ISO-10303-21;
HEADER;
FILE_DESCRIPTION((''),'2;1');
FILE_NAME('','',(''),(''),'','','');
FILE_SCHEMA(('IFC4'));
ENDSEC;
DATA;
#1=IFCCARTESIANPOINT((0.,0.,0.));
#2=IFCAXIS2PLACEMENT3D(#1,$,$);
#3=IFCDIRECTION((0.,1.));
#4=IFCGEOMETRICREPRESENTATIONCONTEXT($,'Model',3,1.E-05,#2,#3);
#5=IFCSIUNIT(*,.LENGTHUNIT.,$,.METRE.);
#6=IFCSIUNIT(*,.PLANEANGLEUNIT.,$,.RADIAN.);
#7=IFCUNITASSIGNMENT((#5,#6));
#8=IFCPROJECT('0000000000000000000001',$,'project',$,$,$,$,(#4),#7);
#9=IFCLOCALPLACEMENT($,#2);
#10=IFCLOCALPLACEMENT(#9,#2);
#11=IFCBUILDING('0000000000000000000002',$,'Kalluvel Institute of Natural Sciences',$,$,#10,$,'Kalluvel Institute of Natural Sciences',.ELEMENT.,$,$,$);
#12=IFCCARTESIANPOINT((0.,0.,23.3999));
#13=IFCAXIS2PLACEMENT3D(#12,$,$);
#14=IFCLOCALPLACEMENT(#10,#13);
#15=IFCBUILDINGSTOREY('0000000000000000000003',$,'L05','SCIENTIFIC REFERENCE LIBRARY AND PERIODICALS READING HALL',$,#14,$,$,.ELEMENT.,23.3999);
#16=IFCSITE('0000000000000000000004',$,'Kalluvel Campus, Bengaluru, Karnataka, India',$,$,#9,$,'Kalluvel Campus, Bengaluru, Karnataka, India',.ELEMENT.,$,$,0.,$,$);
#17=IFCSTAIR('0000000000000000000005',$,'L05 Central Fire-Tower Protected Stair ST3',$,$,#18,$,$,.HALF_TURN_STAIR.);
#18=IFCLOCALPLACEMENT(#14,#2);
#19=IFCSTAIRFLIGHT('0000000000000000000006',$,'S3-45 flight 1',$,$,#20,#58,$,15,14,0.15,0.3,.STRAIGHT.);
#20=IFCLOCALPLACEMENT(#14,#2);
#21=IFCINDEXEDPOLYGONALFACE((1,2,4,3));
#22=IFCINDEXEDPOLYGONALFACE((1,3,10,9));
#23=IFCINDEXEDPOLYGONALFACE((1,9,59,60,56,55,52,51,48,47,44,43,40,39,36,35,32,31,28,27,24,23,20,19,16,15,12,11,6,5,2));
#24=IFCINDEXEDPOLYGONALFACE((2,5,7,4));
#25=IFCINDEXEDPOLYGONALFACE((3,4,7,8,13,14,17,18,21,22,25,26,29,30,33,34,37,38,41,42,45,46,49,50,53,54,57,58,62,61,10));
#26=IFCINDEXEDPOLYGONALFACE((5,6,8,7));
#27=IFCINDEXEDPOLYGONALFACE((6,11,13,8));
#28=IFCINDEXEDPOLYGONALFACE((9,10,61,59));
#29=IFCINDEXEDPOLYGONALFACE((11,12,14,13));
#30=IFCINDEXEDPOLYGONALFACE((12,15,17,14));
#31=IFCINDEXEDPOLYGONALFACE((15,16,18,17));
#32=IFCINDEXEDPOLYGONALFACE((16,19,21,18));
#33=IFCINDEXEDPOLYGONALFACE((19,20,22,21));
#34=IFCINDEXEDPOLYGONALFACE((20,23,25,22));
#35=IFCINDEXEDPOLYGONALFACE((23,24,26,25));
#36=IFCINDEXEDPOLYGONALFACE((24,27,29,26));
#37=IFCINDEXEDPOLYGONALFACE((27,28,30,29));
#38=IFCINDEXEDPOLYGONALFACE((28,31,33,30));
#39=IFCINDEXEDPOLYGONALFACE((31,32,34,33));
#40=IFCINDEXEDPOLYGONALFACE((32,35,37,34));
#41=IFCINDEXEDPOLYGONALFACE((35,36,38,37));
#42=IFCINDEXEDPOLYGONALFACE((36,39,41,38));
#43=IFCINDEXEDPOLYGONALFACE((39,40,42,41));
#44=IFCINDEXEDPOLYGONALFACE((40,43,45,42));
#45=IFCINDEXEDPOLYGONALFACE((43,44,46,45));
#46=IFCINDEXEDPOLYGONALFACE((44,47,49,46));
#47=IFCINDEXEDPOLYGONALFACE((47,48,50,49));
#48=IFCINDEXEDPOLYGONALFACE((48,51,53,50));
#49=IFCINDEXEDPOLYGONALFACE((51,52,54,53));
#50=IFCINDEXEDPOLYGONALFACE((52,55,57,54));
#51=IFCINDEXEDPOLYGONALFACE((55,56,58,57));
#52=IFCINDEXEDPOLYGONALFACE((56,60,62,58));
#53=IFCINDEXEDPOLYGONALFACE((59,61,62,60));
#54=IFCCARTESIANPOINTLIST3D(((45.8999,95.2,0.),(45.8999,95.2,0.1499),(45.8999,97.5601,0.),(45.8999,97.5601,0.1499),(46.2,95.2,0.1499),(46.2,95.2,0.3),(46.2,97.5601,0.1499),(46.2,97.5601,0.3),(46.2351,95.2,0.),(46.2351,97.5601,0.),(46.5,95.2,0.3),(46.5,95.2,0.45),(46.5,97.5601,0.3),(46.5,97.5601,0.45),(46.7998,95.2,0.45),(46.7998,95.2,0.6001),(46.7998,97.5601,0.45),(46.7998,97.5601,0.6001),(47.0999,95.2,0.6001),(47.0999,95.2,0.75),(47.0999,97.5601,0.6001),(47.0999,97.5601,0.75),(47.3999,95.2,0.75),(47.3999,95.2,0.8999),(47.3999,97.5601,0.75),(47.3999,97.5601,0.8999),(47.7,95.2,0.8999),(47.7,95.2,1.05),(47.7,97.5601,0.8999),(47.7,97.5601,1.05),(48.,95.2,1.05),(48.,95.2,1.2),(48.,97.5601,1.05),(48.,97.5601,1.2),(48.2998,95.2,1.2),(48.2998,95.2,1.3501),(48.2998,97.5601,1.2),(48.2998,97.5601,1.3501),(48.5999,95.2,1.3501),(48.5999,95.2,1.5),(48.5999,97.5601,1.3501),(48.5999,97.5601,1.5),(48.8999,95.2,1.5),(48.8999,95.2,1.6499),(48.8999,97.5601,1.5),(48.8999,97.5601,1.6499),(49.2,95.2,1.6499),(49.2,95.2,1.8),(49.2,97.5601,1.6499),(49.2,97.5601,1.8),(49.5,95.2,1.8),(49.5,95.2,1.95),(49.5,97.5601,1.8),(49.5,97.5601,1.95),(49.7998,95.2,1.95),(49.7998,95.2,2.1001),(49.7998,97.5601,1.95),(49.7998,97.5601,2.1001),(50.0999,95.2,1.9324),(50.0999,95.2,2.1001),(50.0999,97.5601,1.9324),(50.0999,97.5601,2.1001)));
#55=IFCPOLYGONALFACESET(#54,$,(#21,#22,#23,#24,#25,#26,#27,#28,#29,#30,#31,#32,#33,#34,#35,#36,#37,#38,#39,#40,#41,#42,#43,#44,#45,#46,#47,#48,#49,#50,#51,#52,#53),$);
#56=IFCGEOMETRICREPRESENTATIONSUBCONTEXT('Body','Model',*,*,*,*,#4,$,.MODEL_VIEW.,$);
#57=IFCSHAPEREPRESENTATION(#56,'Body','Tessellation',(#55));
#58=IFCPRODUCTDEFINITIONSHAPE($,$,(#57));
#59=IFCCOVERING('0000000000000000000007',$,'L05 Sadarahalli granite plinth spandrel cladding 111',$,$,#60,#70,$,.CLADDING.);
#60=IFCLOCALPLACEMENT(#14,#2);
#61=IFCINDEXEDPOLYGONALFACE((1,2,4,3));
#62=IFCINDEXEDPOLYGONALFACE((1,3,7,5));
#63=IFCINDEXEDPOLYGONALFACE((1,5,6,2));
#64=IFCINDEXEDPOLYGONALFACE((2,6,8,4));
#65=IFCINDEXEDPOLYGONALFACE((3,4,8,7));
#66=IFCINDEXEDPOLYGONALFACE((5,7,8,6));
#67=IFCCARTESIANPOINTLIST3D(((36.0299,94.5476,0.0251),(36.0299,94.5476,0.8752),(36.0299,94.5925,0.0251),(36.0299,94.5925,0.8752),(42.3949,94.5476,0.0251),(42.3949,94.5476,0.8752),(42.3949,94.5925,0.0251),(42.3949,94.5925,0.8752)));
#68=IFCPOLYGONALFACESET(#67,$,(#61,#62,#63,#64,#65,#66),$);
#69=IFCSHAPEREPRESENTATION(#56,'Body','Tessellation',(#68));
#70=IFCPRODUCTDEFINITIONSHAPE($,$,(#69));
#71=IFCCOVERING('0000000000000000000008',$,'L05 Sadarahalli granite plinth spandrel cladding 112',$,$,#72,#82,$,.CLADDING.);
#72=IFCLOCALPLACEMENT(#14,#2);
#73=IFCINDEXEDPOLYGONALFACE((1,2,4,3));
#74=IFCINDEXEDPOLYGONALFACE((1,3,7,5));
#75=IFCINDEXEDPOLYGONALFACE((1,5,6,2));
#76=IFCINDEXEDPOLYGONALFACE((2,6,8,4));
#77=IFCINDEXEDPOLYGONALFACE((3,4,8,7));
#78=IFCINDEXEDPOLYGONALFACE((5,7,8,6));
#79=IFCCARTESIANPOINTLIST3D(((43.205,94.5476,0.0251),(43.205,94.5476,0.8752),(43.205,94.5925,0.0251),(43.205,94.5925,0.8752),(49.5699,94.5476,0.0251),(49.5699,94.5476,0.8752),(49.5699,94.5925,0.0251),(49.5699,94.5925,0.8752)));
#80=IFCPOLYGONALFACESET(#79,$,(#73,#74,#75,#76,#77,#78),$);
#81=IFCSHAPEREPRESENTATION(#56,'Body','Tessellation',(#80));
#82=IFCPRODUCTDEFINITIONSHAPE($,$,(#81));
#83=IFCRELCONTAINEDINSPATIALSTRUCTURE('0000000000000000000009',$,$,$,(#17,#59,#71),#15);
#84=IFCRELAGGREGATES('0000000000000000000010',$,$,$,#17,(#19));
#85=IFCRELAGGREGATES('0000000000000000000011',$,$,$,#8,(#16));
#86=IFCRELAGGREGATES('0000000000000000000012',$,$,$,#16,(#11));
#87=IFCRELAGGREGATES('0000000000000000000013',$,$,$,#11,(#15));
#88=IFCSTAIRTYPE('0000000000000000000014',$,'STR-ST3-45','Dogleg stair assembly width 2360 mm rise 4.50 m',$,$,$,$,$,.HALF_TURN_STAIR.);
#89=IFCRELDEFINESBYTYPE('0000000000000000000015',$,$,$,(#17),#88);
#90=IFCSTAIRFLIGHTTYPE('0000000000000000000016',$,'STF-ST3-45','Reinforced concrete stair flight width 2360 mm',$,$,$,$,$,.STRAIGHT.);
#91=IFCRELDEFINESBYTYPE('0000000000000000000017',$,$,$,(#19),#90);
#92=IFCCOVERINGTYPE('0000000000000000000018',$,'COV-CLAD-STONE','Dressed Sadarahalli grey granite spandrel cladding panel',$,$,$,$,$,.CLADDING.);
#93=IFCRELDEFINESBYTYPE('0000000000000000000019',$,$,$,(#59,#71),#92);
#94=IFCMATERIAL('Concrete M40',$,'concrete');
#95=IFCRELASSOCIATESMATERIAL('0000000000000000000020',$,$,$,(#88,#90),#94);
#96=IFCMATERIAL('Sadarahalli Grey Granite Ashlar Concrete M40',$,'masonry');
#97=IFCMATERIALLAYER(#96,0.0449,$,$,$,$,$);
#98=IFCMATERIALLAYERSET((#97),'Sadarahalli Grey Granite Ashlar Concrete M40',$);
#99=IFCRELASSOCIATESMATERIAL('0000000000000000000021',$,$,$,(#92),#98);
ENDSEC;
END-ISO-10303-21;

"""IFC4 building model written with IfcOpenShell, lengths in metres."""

from ifc_helpers import new_model, si_unit, direction, frame, origin, origin_2d, place, context, subcontext, project, spatial, polyline, rectangle, outline, extrude, material, layer, layer_set, type_object, element, aggregate, save


model = new_model("IFC4")

# Units and contexts
model_context = context("Model", 3, precision=1e-05, world=origin(), true_north=direction((0.0, 1.0)))
body_context = subcontext(model_context, "Body", "Model", "MODEL_VIEW")
ifc_project = project(units=[si_unit("LENGTHUNIT", "METRE"), si_unit("PLANEANGLEUNIT", "RADIAN")], contexts=[model_context])

# Site, building, storey
site_placement = place(None, origin())
site = spatial("IfcSite", under=ifc_project, at=site_placement, Name="Kalluvel Campus, Bengaluru, Karnataka, India", LongName="Kalluvel Campus, Bengaluru, Karnataka, India", CompositionType="ELEMENT", RefElevation=0.0)
building_placement = place(site_placement, origin())
building = spatial("IfcBuilding", under=site, at=building_placement, Name="Kalluvel Institute of Natural Sciences", LongName="Kalluvel Institute of Natural Sciences", CompositionType="ELEMENT")
storey_placement = place(building_placement, frame((0.0, 0.0, 23.3999)))
storey = spatial("IfcBuildingStorey", under=building, at=storey_placement, Name="L05", Description="SCIENTIFIC REFERENCE LIBRARY AND PERIODICALS READING HALL", CompositionType="ELEMENT", Elevation=23.3999)

# Shared definitions
ifc_material_1 = material(Name="Concrete M40", Category="concrete")

# Shared definitions
ifc_material_2 = material(Name="Sadarahalli Grey Granite Ashlar Concrete M40", Category="masonry")

# Stair, stair flight
stair_type = type_object("IfcStairType", Name="STR-ST3-45", Description="Dogleg stair assembly width 2360 mm rise 4.50 m", PredefinedType="HALF_TURN_STAIR", material=ifc_material_1)
stair_placement = place(storey_placement, origin())
stair = element("IfcStair", 1, at=stair_placement, inside=storey, type_object=stair_type, Name="L05 Central Fire-Tower Protected Stair ST3", PredefinedType="HALF_TURN_STAIR")
stair_flight_type = type_object("IfcStairFlightType", Name="STF-ST3-45", Description="Reinforced concrete stair flight width 2360 mm", PredefinedType="STRAIGHT", material=ifc_material_1)
stair_flight_placement = place(storey_placement, frame((45.8999, 96.3799, 0.0), z_axis=(0.0, 0.0, 1.0), x_axis=(1.0, 0.0, 0.0)))
stair_flight = element("IfcStairFlight", 2, at=stair_flight_placement, type_object=stair_flight_type, Name="S3-45 flight 1", NumberOfRisers=15, NumberOfTreads=14, PredefinedType="STRAIGHT", RiserHeight=0.15, TreadLength=0.3, context=body_context, shape_type="SweptSolid", body=[
    extrude(outline(polyline([(0.0, 0.0), (0.0, 0.1499), (0.3, 0.1499), (0.3, 0.3), (0.6001, 0.3), (0.6001, 0.45), (0.8999, 0.45), (0.8999, 0.6001), (1.2, 0.6001), (1.2, 0.75), (1.5, 0.75), (1.5, 0.8999), (1.8, 0.8999), (1.8, 1.05), (2.1001, 1.05), (2.1001, 1.2), (2.3999, 1.2), (2.3999, 1.3501), (2.7, 1.3501), (2.7, 1.5), (3.0, 1.5), (3.0, 1.6499), (3.3, 1.6499), (3.3, 1.8), (3.6001, 1.8), (3.6001, 1.95), (3.8999, 1.95), (3.8999, 2.1001), (4.2, 2.1001), (4.2, 2.25), (4.2, 1.9324), (0.3352, 0.0), (0.0, 0.0)])), frame((0.0, 1.1802, 0.0), z_axis=(0.0, -1.0, 0.0), x_axis=(1.0, 0.0, 0.0)), (0.0, 0.0, 1.0), 2.3601),
])
aggregate(stair, [stair_flight])

# Coverings
ifc_layer_1 = layer(ifc_material_2, 0.0449)
ifc_layer_set_1 = layer_set([ifc_layer_1], Name="Sadarahalli Grey Granite Ashlar Concrete M40")
covering_type = type_object("IfcCoveringType", Name="COV-CLAD-STONE", Description="Dressed Sadarahalli grey granite spandrel cladding panel", PredefinedType="CLADDING", material=ifc_layer_set_1)
for number, where, z_axis, x_axis, name in (
    (3, (39.2124, 94.5701, 0.0251), (0.0, 0.0, 1.0), (1.0, 0.0, 0.0), "L05 Sadarahalli granite plinth spandrel cladding 111"),
    (4, (46.3875, 94.5701, 0.0251), (0.0, 0.0, 1.0), (1.0, 0.0, 0.0), "L05 Sadarahalli granite plinth spandrel cladding 112"),
):
    element("IfcCovering", number, at=place(storey_placement, frame(where, z_axis=z_axis, x_axis=x_axis)), inside=storey, type_object=covering_type, Name=name, PredefinedType="CLADDING", context=body_context, shape_type="SweptSolid", body=[
        extrude(rectangle(XDim=6.365, YDim=0.0449, at=origin_2d()), origin(), (0.0, 0.0, 1.0), 0.8501),
    ])

save(model, "model.ifc")
